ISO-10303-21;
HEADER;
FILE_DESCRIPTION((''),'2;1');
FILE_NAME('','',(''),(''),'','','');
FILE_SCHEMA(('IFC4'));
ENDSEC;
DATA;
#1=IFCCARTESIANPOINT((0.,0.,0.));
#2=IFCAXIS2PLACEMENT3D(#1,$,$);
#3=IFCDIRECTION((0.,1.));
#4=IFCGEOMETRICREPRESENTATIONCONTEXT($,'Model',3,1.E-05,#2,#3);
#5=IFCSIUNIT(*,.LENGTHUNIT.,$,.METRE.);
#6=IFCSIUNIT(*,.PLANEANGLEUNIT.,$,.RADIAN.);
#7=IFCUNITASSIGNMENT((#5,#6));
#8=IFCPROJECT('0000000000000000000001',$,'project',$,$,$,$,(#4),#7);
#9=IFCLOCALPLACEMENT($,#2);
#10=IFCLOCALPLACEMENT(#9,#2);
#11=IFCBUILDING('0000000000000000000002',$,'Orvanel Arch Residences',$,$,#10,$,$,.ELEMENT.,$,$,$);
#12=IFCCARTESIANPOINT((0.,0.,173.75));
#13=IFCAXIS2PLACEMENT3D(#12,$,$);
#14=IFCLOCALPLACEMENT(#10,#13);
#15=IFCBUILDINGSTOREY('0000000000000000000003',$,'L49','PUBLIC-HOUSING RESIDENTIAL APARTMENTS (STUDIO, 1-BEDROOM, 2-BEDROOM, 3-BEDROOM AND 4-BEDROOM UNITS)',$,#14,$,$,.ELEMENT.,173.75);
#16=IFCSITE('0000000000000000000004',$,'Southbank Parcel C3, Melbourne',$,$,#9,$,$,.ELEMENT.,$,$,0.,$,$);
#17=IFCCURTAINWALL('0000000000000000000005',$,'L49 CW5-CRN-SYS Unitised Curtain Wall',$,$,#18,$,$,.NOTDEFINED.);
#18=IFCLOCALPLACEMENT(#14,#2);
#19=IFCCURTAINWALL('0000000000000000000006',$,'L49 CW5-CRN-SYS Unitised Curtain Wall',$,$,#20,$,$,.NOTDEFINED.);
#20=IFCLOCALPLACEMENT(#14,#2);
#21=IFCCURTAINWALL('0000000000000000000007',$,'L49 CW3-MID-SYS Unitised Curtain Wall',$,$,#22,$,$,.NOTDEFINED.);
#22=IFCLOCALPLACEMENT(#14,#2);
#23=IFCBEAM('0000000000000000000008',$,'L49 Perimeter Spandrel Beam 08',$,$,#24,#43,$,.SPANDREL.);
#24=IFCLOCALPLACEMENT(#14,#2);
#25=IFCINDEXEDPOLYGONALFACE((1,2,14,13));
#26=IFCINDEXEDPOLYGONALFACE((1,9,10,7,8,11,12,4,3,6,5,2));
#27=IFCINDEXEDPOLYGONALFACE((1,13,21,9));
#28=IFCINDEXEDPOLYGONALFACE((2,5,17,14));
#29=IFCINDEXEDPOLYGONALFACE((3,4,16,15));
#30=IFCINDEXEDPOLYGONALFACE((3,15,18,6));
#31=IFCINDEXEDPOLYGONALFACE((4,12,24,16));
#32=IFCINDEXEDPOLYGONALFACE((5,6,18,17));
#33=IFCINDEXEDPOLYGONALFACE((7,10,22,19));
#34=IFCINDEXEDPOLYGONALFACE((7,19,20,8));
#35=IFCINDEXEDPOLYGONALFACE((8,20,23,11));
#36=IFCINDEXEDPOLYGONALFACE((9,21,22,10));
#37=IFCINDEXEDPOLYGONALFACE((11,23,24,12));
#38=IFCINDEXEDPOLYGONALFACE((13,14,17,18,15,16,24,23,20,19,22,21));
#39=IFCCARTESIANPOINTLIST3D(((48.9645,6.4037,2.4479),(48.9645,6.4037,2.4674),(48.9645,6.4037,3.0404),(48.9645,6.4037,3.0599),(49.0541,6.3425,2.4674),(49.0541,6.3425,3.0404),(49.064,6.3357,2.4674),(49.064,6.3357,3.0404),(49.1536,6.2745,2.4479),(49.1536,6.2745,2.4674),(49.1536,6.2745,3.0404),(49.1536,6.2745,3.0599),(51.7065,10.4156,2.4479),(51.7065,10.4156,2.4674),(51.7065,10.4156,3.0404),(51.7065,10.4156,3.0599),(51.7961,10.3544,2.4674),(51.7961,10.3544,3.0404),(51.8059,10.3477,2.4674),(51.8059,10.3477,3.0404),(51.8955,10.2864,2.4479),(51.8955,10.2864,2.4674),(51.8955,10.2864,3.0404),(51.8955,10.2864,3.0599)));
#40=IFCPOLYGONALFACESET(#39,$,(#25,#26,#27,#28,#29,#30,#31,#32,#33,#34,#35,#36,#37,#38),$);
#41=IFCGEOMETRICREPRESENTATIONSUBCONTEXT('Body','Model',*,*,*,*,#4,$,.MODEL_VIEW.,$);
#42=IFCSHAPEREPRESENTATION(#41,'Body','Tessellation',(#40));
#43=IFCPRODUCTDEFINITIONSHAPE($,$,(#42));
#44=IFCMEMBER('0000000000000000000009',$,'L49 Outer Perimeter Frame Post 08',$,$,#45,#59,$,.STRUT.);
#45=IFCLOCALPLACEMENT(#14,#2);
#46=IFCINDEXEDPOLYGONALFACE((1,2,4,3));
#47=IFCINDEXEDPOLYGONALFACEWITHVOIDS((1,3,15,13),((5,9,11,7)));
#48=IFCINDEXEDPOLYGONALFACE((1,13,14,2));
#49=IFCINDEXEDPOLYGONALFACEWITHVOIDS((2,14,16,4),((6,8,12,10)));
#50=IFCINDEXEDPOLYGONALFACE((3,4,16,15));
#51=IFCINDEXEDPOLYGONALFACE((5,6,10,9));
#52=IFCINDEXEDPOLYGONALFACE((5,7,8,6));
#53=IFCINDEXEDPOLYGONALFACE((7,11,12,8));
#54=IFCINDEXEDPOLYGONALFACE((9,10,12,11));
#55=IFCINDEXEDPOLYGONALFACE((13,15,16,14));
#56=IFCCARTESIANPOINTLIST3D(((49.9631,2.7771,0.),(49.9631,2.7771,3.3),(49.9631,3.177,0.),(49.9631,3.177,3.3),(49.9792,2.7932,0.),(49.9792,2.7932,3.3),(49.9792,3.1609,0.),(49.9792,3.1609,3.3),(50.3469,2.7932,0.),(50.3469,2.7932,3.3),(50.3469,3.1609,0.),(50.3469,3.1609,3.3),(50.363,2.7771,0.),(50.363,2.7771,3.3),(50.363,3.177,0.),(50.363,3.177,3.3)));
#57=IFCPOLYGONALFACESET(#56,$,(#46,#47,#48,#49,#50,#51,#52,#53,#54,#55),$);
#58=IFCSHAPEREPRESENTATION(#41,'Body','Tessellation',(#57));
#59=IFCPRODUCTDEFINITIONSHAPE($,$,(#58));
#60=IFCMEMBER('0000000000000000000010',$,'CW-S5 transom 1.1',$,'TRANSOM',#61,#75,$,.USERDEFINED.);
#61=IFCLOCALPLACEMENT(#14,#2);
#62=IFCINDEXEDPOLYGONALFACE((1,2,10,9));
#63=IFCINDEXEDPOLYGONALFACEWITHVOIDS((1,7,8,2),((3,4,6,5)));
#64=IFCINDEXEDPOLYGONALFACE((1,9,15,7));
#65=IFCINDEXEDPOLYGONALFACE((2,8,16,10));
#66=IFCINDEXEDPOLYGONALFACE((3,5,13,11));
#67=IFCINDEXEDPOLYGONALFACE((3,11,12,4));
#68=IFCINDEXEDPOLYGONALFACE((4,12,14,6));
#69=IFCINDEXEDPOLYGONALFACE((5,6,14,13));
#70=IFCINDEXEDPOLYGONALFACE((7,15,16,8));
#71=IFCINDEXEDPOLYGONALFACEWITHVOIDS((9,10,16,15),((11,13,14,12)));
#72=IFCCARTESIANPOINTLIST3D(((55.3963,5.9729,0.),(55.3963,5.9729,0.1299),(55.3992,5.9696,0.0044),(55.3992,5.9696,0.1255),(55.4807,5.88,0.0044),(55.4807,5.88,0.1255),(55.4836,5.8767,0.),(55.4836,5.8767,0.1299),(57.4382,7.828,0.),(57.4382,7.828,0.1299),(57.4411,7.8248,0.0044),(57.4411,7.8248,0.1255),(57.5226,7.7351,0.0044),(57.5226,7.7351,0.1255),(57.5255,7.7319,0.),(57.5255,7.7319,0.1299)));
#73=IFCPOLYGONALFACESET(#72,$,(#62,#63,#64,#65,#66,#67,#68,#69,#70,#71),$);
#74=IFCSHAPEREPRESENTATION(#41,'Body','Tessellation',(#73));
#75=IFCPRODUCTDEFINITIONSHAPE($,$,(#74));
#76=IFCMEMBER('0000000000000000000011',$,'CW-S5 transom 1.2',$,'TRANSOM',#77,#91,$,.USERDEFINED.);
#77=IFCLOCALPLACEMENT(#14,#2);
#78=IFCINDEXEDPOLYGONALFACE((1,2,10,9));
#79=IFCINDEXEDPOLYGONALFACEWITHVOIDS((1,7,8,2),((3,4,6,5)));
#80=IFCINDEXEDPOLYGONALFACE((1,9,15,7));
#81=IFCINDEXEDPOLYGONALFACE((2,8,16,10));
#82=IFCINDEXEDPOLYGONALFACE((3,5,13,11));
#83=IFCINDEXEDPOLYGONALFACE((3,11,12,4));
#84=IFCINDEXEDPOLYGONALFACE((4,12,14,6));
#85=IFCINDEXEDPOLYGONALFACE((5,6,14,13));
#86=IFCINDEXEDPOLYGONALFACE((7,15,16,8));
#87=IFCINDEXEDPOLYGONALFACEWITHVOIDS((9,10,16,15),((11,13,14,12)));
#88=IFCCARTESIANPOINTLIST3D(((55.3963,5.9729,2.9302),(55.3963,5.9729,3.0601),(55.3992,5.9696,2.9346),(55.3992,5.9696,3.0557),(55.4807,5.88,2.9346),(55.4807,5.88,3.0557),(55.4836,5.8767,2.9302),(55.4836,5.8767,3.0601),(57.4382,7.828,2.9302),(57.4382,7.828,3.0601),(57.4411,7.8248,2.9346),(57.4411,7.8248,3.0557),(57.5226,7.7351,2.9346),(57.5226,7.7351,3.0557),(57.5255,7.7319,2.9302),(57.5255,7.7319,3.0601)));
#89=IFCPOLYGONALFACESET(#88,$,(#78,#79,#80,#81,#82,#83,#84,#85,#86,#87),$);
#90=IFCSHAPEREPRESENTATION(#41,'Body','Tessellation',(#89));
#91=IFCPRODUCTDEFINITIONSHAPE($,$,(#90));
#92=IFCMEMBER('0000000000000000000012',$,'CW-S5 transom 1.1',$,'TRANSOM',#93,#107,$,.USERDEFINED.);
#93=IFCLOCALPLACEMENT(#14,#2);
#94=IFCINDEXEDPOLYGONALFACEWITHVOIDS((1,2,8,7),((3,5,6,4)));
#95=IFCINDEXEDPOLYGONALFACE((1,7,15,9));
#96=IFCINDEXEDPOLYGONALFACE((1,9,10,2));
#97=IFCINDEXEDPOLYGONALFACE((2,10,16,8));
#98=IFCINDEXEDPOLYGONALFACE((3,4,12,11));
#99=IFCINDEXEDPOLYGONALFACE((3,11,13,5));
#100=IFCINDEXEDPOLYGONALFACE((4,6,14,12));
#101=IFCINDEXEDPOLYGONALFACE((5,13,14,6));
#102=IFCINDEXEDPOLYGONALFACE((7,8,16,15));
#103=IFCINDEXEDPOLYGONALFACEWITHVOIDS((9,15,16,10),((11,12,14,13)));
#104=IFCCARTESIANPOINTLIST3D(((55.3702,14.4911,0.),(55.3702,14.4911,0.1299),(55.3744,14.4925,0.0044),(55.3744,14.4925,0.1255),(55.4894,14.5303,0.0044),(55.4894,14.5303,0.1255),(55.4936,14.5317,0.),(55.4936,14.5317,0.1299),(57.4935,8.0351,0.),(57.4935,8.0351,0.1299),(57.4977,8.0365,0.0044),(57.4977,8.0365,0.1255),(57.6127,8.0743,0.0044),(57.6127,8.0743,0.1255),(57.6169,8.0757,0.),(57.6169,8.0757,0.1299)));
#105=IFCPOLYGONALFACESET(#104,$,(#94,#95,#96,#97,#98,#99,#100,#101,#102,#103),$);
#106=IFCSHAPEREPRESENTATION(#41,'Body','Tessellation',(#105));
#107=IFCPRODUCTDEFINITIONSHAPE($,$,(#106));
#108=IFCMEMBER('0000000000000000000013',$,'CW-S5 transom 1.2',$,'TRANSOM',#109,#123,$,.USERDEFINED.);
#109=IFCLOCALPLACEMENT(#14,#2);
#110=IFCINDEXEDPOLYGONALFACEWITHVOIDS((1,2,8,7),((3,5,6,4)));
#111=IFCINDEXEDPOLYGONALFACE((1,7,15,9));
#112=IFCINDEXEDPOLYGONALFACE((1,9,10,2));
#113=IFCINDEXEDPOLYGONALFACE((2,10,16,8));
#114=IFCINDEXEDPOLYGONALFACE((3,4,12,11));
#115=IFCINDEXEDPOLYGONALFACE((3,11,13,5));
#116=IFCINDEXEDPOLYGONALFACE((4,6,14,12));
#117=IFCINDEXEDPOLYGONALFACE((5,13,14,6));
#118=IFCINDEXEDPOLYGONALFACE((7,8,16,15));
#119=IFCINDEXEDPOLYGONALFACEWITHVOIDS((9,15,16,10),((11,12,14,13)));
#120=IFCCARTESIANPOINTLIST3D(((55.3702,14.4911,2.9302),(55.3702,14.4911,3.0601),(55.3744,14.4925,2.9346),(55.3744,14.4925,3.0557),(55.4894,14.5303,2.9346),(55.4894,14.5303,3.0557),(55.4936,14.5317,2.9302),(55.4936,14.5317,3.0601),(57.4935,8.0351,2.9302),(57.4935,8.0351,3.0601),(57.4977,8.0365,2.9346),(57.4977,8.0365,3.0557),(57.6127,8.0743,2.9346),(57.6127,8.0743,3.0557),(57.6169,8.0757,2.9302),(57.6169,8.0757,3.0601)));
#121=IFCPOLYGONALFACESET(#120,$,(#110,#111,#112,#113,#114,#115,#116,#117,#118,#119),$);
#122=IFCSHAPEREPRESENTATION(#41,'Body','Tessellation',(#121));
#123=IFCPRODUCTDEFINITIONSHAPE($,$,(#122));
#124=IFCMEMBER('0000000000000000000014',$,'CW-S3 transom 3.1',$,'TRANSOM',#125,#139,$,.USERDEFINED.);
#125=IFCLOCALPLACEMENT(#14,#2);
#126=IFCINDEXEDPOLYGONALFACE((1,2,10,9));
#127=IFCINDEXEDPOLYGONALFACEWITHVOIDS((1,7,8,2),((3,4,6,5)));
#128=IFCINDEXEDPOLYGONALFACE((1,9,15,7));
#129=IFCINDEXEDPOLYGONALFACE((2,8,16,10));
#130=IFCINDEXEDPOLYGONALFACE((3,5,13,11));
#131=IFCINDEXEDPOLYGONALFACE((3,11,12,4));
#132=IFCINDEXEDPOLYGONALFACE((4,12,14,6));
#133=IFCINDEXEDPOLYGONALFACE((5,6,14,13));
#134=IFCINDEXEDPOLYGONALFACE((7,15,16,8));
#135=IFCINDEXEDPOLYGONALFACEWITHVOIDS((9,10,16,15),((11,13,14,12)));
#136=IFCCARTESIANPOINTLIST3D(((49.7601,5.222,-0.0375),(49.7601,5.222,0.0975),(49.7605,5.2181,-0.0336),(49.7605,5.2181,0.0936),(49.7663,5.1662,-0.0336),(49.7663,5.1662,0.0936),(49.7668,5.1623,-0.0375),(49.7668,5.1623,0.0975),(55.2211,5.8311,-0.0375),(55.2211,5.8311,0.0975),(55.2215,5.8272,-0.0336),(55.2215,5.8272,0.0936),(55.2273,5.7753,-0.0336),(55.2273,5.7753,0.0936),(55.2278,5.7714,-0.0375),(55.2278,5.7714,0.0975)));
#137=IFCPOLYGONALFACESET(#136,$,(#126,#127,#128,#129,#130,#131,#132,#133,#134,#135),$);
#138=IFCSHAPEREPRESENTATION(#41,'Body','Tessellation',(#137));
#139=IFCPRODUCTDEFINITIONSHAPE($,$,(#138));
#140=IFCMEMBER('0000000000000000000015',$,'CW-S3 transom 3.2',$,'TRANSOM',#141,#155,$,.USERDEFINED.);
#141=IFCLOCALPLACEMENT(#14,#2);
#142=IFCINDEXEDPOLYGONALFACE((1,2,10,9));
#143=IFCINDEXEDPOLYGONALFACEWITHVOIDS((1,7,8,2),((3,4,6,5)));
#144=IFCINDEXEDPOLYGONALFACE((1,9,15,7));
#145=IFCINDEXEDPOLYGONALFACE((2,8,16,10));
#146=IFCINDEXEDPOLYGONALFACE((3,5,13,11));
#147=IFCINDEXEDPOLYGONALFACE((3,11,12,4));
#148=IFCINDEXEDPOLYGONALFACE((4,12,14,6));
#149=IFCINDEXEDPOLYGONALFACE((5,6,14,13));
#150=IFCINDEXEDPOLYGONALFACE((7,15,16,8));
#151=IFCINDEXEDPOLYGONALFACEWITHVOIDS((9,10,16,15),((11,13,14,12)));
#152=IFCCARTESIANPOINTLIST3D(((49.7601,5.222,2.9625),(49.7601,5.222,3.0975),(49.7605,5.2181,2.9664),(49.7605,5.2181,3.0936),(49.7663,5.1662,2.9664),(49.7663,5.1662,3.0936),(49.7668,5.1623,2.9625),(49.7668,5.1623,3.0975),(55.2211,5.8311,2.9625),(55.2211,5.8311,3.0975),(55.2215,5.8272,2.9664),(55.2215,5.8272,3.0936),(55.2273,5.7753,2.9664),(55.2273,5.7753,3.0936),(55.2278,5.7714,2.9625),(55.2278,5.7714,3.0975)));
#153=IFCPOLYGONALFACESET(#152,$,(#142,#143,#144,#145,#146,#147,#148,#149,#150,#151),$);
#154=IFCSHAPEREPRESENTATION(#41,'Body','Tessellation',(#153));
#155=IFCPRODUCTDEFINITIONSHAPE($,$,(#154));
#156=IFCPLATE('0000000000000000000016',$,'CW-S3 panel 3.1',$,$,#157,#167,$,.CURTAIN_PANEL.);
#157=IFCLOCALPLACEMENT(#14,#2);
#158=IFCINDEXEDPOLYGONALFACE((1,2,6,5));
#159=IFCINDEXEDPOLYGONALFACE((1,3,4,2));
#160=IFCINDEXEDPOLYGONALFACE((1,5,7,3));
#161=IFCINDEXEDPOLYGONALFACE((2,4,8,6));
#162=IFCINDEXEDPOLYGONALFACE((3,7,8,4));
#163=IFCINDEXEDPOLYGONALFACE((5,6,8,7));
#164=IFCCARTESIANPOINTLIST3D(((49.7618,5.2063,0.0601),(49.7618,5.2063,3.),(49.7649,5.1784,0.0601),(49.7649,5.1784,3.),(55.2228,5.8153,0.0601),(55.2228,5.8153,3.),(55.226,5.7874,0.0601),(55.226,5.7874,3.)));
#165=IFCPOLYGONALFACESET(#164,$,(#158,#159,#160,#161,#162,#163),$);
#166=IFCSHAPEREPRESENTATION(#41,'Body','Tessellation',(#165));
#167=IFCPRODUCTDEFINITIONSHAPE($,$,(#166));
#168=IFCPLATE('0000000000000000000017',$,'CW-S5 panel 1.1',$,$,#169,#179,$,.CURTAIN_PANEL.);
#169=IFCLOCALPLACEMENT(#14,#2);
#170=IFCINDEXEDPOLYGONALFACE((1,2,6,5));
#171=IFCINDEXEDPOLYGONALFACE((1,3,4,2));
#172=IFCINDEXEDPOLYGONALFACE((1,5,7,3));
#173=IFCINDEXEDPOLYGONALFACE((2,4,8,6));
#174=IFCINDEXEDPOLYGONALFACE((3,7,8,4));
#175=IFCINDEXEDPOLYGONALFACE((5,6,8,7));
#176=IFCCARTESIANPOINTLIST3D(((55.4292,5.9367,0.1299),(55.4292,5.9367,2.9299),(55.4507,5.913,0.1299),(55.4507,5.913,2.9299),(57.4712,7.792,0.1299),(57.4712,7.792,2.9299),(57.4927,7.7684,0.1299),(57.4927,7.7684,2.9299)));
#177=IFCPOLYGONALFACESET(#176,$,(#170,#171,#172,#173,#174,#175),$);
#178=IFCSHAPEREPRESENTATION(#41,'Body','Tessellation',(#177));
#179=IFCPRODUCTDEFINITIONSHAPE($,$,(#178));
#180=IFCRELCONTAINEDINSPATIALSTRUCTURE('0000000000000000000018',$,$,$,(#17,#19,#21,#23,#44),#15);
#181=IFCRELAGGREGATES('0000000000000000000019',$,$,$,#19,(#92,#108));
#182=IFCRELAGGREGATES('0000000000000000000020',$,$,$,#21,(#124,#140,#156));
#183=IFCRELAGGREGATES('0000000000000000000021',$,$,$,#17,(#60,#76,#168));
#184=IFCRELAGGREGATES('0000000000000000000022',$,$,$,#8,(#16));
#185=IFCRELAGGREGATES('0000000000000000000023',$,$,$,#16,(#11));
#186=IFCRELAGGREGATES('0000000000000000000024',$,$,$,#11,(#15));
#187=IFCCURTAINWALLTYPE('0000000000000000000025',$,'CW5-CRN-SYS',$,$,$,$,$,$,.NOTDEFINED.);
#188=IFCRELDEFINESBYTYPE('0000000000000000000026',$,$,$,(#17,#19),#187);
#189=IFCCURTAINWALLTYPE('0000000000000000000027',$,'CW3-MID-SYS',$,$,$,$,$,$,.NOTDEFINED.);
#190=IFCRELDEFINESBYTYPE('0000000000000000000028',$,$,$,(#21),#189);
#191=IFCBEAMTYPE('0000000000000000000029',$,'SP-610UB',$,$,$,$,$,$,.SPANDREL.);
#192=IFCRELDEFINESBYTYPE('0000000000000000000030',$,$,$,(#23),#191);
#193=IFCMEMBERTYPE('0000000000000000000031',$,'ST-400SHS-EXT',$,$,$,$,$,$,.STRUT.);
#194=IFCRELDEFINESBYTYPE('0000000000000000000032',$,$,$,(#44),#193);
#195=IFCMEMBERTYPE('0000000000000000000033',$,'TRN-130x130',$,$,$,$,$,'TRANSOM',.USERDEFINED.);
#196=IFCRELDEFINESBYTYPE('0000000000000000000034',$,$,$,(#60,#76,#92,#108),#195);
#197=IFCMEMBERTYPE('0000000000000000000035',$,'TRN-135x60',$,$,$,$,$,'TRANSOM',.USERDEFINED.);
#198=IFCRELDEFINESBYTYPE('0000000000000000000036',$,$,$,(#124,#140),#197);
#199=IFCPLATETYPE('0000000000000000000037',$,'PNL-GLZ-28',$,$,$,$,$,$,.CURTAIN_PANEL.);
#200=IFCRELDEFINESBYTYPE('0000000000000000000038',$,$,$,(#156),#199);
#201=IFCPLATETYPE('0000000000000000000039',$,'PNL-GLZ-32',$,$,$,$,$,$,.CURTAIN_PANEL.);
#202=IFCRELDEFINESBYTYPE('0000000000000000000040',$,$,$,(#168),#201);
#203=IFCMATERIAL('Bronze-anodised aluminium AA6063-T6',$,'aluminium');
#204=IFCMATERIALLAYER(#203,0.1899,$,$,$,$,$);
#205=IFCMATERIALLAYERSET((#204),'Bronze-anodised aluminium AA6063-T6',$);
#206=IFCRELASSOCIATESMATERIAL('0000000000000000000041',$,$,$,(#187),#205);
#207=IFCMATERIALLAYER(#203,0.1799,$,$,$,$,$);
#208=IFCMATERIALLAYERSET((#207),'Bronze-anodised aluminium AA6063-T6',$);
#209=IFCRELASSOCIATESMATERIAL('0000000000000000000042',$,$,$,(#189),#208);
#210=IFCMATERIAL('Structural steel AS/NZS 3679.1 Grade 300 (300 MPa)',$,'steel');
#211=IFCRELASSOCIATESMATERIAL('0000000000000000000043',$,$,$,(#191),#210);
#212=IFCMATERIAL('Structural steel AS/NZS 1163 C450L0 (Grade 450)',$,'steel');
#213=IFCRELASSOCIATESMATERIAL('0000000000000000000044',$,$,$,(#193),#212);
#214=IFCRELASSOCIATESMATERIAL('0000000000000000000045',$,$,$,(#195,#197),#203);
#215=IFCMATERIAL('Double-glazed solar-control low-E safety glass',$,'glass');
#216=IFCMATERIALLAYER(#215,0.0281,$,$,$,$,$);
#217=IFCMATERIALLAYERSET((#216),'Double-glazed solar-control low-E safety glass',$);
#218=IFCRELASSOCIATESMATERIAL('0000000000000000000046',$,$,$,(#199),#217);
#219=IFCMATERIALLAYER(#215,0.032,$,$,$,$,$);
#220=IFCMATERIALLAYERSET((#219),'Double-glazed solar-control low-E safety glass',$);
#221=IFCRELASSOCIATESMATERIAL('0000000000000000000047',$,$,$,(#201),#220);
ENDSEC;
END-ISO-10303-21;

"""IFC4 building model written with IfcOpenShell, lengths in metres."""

from ifc_helpers import new_model, si_unit, direction, frame, origin, origin_2d, place, context, subcontext, project, spatial, rectangle, hollow_rectangle, i_section, extrude, material, layer, layer_set, material_profile, profile_set, type_object, element, aggregate, save


model = new_model("IFC4")

# Units and contexts
model_context = context("Model", 3, precision=1e-05, world=origin(), true_north=direction((0.0, 1.0)))
body_context = subcontext(model_context, "Body", "Model", "MODEL_VIEW")
ifc_project = project(units=[si_unit("LENGTHUNIT", "METRE"), si_unit("PLANEANGLEUNIT", "RADIAN")], contexts=[model_context])

# Site, building, storey
site_placement = place(None, origin())
site = spatial("IfcSite", under=ifc_project, at=site_placement, Name="Southbank Parcel C3, Melbourne", CompositionType="ELEMENT", RefElevation=0.0)
building_placement = place(site_placement, origin())
building = spatial("IfcBuilding", under=site, at=building_placement, Name="Orvanel Arch Residences", CompositionType="ELEMENT")
storey_placement = place(building_placement, frame((0.0, 0.0, 173.75)))
storey = spatial("IfcBuildingStorey", under=building, at=storey_placement, Name="L49", Description="PUBLIC-HOUSING RESIDENTIAL APARTMENTS (STUDIO, 1-BEDROOM, 2-BEDROOM, 3-BEDROOM AND 4-BEDROOM UNITS)", CompositionType="ELEMENT", Elevation=173.75)

# Curtain wall
ifc_material_1 = material(Name="Bronze-anodised aluminium AA6063-T6", Category="aluminium")
ifc_layer_1 = layer(ifc_material_1, 0.1899)
ifc_layer_set_1 = layer_set([ifc_layer_1], Name="Bronze-anodised aluminium AA6063-T6")
curtain_wall_type_1 = type_object("IfcCurtainWallType", Name="CW5-CRN-SYS", PredefinedType="NOTDEFINED", material=ifc_layer_set_1)
curtain_wall_1_placement = place(storey_placement, origin())
curtain_wall_1 = element("IfcCurtainWall", 1, at=curtain_wall_1_placement, inside=storey, type_object=curtain_wall_type_1, Name="L49 CW5-CRN-SYS Unitised Curtain Wall", PredefinedType="NOTDEFINED")

# Curtain wall
curtain_wall_2_placement = place(storey_placement, origin())
curtain_wall_2 = element("IfcCurtainWall", 2, at=curtain_wall_2_placement, inside=storey, type_object=curtain_wall_type_1, Name="L49 CW5-CRN-SYS Unitised Curtain Wall", PredefinedType="NOTDEFINED")

# Curtain wall
ifc_layer_2 = layer(ifc_material_1, 0.1799)
ifc_layer_set_2 = layer_set([ifc_layer_2], Name="Bronze-anodised aluminium AA6063-T6")
curtain_wall_type_2 = type_object("IfcCurtainWallType", Name="CW3-MID-SYS", PredefinedType="NOTDEFINED", material=ifc_layer_set_2)
curtain_wall_3_placement = place(storey_placement, origin())
curtain_wall_3 = element("IfcCurtainWall", 3, at=curtain_wall_3_placement, inside=storey, type_object=curtain_wall_type_2, Name="L49 CW3-MID-SYS Unitised Curtain Wall", PredefinedType="NOTDEFINED")

# Beam
ifc_material_2 = material(Name="Structural steel AS/NZS 3679.1 Grade 300 (300 MPa)", Category="steel")
ifc_material_profile_1 = material_profile(ifc_material_2, i_section(OverallWidth=0.229, OverallDepth=0.6121, WebThickness=0.012, FlangeThickness=0.0195, at=origin_2d()), Name="610UB125")
ifc_profile_set_1 = profile_set([ifc_material_profile_1], Name="Structural steel AS/NZS 3679.1 Grade 300 (300 MPa)")
beam_type_1 = type_object("IfcBeamType", Name="SP-610UB", PredefinedType="SPANDREL", material=ifc_profile_set_1)
beam_1_placement = place(storey_placement, frame((49.0591, 6.3391, 2.7539), z_axis=(0.564252, 0.825603, 0.0), x_axis=(-0.825603, 0.564252, 0.0)))
element("IfcBeam", 4, at=beam_1_placement, inside=storey, type_object=beam_type_1, Name="L49 Perimeter Spandrel Beam 08", PredefinedType="SPANDREL", context=body_context, shape_type="SweptSolid", body=[
    extrude(i_section(OverallWidth=0.229, OverallDepth=0.6121, WebThickness=0.012, FlangeThickness=0.0195, at=origin_2d()), origin(), (0.0, 0.0, 1.0), 4.8594),
])

# Members
ifc_material_3 = material(Name="Structural steel AS/NZS 1163 C450L0 (Grade 450)", Category="steel")
ifc_material_profile_2 = material_profile(ifc_material_3, hollow_rectangle(XDim=0.3999, YDim=0.3999, WallThickness=0.0161, at=origin_2d()), Name="SHS400x400x16")
ifc_profile_set_2 = profile_set([ifc_material_profile_2], Name="Structural steel AS/NZS 1163 C450L0 (Grade 450)")
member_type_1 = type_object("IfcMemberType", Name="ST-400SHS-EXT", PredefinedType="STRUT", material=ifc_profile_set_2)
member_1_placement = place(storey_placement, frame((50.1631, 2.9771, 0.0), z_axis=(0.0, 0.0, 1.0), x_axis=(1.0, 0.0, 0.0)))
element("IfcMember", 5, at=member_1_placement, inside=storey, type_object=member_type_1, Name="L49 Outer Perimeter Frame Post 08", PredefinedType="STRUT", context=body_context, shape_type="SweptSolid", body=[
    extrude(hollow_rectangle(XDim=0.3999, YDim=0.3999, WallThickness=0.0161, at=origin_2d()), origin(), (0.0, 0.0, 1.0), 3.3),
])
ifc_material_profile_3 = material_profile(ifc_material_1, hollow_rectangle(XDim=0.1299, YDim=0.1299, WallThickness=0.0044, at=origin_2d()), Name="ALU130x130x4.5")
ifc_profile_set_3 = profile_set([ifc_material_profile_3], Name="Bronze-anodised aluminium AA6063-T6")
member_type_2 = type_object("IfcMemberType", Name="TRN-130x130", ElementType="TRANSOM", PredefinedType="USERDEFINED", material=ifc_profile_set_3)
member_2_placement = place(storey_placement, frame((55.4399, 5.9248, 0.0649), z_axis=(0.740144, 0.672448, 0.0), x_axis=(-0.672448, 0.740144, 0.0)))
member_2 = element("IfcMember", 6, at=member_2_placement, type_object=member_type_2, Name="CW-S5 transom 1.1", ObjectType="TRANSOM", PredefinedType="USERDEFINED", context=body_context, shape_type="SweptSolid", body=[
    extrude(hollow_rectangle(XDim=0.1299, YDim=0.1299, WallThickness=0.0044, at=origin_2d()), origin(), (0.0, 0.0, 1.0), 2.7588),
])
member_3_placement = place(storey_placement, frame((55.4399, 5.9248, 2.9951), z_axis=(0.740144, 0.672448, 0.0), x_axis=(-0.672448, 0.740144, 0.0)))
member_3 = element("IfcMember", 7, at=member_3_placement, type_object=member_type_2, Name="CW-S5 transom 1.2", ObjectType="TRANSOM", PredefinedType="USERDEFINED", context=body_context, shape_type="SweptSolid", body=[
    extrude(hollow_rectangle(XDim=0.1299, YDim=0.1299, WallThickness=0.0044, at=origin_2d()), origin(), (0.0, 0.0, 1.0), 2.7588),
])
member_4_placement = place(storey_placement, frame((57.5552, 8.0554, 0.0649), z_axis=(-0.312421, 0.949944, 0.0), x_axis=(-0.949944, -0.312421, 0.0)))
member_4 = element("IfcMember", 8, at=member_4_placement, type_object=member_type_2, Name="CW-S5 transom 1.1", ObjectType="TRANSOM", PredefinedType="USERDEFINED", context=body_context, shape_type="SweptSolid", body=[
    extrude(hollow_rectangle(XDim=0.1299, YDim=0.1299, WallThickness=0.0044, at=origin_2d()), origin(), (0.0, 0.0, 1.0), 6.7961),
])
member_5_placement = place(storey_placement, frame((57.5552, 8.0554, 2.9951), z_axis=(-0.312421, 0.949944, 0.0), x_axis=(-0.949944, -0.312421, 0.0)))
member_5 = element("IfcMember", 9, at=member_5_placement, type_object=member_type_2, Name="CW-S5 transom 1.2", ObjectType="TRANSOM", PredefinedType="USERDEFINED", context=body_context, shape_type="SweptSolid", body=[
    extrude(hollow_rectangle(XDim=0.1299, YDim=0.1299, WallThickness=0.0044, at=origin_2d()), origin(), (0.0, 0.0, 1.0), 6.7961),
])
aggregate(curtain_wall_2, [member_4, member_5])
ifc_material_profile_4 = material_profile(ifc_material_1, hollow_rectangle(XDim=0.0601, YDim=0.135, WallThickness=0.0039, at=origin_2d()), Name="ALU135x60x4")
ifc_profile_set_4 = profile_set([ifc_material_profile_4], Name="Bronze-anodised aluminium AA6063-T6")
member_type_3 = type_object("IfcMemberType", Name="TRN-135x60", ElementType="TRANSOM", PredefinedType="USERDEFINED", material=ifc_profile_set_4)
member_6_placement = place(storey_placement, frame((49.7634, 5.1921, 0.03), z_axis=(0.993837, 0.110856, 0.0), x_axis=(-0.110856, 0.993837, 0.0)))
member_6 = element("IfcMember", 10, at=member_6_placement, type_object=member_type_3, Name="CW-S3 transom 3.1", ObjectType="TRANSOM", PredefinedType="USERDEFINED", context=body_context, shape_type="SweptSolid", body=[
    extrude(hollow_rectangle(XDim=0.0601, YDim=0.135, WallThickness=0.0039, at=origin_2d()), origin(), (0.0, 0.0, 1.0), 5.4949),
])
member_7_placement = place(storey_placement, frame((49.7634, 5.1921, 3.03), z_axis=(0.993837, 0.110856, 0.0), x_axis=(-0.110856, 0.993837, 0.0)))
member_7 = element("IfcMember", 11, at=member_7_placement, type_object=member_type_3, Name="CW-S3 transom 3.2", ObjectType="TRANSOM", PredefinedType="USERDEFINED", context=body_context, shape_type="SweptSolid", body=[
    extrude(hollow_rectangle(XDim=0.0601, YDim=0.135, WallThickness=0.0039, at=origin_2d()), origin(), (0.0, 0.0, 1.0), 5.4949),
])

# Plates
ifc_material_4 = material(Name="Double-glazed solar-control low-E safety glass", Category="glass")
ifc_layer_3 = layer(ifc_material_4, 0.0281)
ifc_layer_set_3 = layer_set([ifc_layer_3], Name="Double-glazed solar-control low-E safety glass")
plate_type_1 = type_object("IfcPlateType", Name="PNL-GLZ-28", PredefinedType="CURTAIN_PANEL", material=ifc_layer_set_3)
plate_1_placement = place(storey_placement, frame((52.4939, 5.4968, 0.0601), z_axis=(0.0, 0.0, 1.0), x_axis=(0.993839, 0.110837, 0.0)))
plate_1 = element("IfcPlate", 12, at=plate_1_placement, type_object=plate_type_1, Name="CW-S3 panel 3.1", PredefinedType="CURTAIN_PANEL", context=body_context, shape_type="SweptSolid", body=[
    extrude(rectangle(XDim=5.4949, YDim=0.0281, at=origin_2d()), origin(), (0.0, 0.0, 1.0), 2.9399),
])
aggregate(curtain_wall_3, [member_6, member_7, plate_1])
ifc_layer_4 = layer(ifc_material_4, 0.032)
ifc_layer_set_4 = layer_set([ifc_layer_4], Name="Double-glazed solar-control low-E safety glass")
plate_type_2 = type_object("IfcPlateType", Name="PNL-GLZ-32", PredefinedType="CURTAIN_PANEL", material=ifc_layer_set_4)
plate_2_placement = place(storey_placement, frame((56.4609, 6.8525, 0.1299), z_axis=(0.0, 0.0, 1.0), x_axis=(0.740132, 0.672461, 0.0)))
plate_2 = element("IfcPlate", 13, at=plate_2_placement, type_object=plate_type_2, Name="CW-S5 panel 1.1", PredefinedType="CURTAIN_PANEL", context=body_context, shape_type="SweptSolid", body=[
    extrude(rectangle(XDim=2.759, YDim=0.032, at=origin_2d()), origin(), (0.0, 0.0, 1.0), 2.8),
])
aggregate(curtain_wall_1, [member_2, member_3, plate_2])

save(model, "model.ifc")
